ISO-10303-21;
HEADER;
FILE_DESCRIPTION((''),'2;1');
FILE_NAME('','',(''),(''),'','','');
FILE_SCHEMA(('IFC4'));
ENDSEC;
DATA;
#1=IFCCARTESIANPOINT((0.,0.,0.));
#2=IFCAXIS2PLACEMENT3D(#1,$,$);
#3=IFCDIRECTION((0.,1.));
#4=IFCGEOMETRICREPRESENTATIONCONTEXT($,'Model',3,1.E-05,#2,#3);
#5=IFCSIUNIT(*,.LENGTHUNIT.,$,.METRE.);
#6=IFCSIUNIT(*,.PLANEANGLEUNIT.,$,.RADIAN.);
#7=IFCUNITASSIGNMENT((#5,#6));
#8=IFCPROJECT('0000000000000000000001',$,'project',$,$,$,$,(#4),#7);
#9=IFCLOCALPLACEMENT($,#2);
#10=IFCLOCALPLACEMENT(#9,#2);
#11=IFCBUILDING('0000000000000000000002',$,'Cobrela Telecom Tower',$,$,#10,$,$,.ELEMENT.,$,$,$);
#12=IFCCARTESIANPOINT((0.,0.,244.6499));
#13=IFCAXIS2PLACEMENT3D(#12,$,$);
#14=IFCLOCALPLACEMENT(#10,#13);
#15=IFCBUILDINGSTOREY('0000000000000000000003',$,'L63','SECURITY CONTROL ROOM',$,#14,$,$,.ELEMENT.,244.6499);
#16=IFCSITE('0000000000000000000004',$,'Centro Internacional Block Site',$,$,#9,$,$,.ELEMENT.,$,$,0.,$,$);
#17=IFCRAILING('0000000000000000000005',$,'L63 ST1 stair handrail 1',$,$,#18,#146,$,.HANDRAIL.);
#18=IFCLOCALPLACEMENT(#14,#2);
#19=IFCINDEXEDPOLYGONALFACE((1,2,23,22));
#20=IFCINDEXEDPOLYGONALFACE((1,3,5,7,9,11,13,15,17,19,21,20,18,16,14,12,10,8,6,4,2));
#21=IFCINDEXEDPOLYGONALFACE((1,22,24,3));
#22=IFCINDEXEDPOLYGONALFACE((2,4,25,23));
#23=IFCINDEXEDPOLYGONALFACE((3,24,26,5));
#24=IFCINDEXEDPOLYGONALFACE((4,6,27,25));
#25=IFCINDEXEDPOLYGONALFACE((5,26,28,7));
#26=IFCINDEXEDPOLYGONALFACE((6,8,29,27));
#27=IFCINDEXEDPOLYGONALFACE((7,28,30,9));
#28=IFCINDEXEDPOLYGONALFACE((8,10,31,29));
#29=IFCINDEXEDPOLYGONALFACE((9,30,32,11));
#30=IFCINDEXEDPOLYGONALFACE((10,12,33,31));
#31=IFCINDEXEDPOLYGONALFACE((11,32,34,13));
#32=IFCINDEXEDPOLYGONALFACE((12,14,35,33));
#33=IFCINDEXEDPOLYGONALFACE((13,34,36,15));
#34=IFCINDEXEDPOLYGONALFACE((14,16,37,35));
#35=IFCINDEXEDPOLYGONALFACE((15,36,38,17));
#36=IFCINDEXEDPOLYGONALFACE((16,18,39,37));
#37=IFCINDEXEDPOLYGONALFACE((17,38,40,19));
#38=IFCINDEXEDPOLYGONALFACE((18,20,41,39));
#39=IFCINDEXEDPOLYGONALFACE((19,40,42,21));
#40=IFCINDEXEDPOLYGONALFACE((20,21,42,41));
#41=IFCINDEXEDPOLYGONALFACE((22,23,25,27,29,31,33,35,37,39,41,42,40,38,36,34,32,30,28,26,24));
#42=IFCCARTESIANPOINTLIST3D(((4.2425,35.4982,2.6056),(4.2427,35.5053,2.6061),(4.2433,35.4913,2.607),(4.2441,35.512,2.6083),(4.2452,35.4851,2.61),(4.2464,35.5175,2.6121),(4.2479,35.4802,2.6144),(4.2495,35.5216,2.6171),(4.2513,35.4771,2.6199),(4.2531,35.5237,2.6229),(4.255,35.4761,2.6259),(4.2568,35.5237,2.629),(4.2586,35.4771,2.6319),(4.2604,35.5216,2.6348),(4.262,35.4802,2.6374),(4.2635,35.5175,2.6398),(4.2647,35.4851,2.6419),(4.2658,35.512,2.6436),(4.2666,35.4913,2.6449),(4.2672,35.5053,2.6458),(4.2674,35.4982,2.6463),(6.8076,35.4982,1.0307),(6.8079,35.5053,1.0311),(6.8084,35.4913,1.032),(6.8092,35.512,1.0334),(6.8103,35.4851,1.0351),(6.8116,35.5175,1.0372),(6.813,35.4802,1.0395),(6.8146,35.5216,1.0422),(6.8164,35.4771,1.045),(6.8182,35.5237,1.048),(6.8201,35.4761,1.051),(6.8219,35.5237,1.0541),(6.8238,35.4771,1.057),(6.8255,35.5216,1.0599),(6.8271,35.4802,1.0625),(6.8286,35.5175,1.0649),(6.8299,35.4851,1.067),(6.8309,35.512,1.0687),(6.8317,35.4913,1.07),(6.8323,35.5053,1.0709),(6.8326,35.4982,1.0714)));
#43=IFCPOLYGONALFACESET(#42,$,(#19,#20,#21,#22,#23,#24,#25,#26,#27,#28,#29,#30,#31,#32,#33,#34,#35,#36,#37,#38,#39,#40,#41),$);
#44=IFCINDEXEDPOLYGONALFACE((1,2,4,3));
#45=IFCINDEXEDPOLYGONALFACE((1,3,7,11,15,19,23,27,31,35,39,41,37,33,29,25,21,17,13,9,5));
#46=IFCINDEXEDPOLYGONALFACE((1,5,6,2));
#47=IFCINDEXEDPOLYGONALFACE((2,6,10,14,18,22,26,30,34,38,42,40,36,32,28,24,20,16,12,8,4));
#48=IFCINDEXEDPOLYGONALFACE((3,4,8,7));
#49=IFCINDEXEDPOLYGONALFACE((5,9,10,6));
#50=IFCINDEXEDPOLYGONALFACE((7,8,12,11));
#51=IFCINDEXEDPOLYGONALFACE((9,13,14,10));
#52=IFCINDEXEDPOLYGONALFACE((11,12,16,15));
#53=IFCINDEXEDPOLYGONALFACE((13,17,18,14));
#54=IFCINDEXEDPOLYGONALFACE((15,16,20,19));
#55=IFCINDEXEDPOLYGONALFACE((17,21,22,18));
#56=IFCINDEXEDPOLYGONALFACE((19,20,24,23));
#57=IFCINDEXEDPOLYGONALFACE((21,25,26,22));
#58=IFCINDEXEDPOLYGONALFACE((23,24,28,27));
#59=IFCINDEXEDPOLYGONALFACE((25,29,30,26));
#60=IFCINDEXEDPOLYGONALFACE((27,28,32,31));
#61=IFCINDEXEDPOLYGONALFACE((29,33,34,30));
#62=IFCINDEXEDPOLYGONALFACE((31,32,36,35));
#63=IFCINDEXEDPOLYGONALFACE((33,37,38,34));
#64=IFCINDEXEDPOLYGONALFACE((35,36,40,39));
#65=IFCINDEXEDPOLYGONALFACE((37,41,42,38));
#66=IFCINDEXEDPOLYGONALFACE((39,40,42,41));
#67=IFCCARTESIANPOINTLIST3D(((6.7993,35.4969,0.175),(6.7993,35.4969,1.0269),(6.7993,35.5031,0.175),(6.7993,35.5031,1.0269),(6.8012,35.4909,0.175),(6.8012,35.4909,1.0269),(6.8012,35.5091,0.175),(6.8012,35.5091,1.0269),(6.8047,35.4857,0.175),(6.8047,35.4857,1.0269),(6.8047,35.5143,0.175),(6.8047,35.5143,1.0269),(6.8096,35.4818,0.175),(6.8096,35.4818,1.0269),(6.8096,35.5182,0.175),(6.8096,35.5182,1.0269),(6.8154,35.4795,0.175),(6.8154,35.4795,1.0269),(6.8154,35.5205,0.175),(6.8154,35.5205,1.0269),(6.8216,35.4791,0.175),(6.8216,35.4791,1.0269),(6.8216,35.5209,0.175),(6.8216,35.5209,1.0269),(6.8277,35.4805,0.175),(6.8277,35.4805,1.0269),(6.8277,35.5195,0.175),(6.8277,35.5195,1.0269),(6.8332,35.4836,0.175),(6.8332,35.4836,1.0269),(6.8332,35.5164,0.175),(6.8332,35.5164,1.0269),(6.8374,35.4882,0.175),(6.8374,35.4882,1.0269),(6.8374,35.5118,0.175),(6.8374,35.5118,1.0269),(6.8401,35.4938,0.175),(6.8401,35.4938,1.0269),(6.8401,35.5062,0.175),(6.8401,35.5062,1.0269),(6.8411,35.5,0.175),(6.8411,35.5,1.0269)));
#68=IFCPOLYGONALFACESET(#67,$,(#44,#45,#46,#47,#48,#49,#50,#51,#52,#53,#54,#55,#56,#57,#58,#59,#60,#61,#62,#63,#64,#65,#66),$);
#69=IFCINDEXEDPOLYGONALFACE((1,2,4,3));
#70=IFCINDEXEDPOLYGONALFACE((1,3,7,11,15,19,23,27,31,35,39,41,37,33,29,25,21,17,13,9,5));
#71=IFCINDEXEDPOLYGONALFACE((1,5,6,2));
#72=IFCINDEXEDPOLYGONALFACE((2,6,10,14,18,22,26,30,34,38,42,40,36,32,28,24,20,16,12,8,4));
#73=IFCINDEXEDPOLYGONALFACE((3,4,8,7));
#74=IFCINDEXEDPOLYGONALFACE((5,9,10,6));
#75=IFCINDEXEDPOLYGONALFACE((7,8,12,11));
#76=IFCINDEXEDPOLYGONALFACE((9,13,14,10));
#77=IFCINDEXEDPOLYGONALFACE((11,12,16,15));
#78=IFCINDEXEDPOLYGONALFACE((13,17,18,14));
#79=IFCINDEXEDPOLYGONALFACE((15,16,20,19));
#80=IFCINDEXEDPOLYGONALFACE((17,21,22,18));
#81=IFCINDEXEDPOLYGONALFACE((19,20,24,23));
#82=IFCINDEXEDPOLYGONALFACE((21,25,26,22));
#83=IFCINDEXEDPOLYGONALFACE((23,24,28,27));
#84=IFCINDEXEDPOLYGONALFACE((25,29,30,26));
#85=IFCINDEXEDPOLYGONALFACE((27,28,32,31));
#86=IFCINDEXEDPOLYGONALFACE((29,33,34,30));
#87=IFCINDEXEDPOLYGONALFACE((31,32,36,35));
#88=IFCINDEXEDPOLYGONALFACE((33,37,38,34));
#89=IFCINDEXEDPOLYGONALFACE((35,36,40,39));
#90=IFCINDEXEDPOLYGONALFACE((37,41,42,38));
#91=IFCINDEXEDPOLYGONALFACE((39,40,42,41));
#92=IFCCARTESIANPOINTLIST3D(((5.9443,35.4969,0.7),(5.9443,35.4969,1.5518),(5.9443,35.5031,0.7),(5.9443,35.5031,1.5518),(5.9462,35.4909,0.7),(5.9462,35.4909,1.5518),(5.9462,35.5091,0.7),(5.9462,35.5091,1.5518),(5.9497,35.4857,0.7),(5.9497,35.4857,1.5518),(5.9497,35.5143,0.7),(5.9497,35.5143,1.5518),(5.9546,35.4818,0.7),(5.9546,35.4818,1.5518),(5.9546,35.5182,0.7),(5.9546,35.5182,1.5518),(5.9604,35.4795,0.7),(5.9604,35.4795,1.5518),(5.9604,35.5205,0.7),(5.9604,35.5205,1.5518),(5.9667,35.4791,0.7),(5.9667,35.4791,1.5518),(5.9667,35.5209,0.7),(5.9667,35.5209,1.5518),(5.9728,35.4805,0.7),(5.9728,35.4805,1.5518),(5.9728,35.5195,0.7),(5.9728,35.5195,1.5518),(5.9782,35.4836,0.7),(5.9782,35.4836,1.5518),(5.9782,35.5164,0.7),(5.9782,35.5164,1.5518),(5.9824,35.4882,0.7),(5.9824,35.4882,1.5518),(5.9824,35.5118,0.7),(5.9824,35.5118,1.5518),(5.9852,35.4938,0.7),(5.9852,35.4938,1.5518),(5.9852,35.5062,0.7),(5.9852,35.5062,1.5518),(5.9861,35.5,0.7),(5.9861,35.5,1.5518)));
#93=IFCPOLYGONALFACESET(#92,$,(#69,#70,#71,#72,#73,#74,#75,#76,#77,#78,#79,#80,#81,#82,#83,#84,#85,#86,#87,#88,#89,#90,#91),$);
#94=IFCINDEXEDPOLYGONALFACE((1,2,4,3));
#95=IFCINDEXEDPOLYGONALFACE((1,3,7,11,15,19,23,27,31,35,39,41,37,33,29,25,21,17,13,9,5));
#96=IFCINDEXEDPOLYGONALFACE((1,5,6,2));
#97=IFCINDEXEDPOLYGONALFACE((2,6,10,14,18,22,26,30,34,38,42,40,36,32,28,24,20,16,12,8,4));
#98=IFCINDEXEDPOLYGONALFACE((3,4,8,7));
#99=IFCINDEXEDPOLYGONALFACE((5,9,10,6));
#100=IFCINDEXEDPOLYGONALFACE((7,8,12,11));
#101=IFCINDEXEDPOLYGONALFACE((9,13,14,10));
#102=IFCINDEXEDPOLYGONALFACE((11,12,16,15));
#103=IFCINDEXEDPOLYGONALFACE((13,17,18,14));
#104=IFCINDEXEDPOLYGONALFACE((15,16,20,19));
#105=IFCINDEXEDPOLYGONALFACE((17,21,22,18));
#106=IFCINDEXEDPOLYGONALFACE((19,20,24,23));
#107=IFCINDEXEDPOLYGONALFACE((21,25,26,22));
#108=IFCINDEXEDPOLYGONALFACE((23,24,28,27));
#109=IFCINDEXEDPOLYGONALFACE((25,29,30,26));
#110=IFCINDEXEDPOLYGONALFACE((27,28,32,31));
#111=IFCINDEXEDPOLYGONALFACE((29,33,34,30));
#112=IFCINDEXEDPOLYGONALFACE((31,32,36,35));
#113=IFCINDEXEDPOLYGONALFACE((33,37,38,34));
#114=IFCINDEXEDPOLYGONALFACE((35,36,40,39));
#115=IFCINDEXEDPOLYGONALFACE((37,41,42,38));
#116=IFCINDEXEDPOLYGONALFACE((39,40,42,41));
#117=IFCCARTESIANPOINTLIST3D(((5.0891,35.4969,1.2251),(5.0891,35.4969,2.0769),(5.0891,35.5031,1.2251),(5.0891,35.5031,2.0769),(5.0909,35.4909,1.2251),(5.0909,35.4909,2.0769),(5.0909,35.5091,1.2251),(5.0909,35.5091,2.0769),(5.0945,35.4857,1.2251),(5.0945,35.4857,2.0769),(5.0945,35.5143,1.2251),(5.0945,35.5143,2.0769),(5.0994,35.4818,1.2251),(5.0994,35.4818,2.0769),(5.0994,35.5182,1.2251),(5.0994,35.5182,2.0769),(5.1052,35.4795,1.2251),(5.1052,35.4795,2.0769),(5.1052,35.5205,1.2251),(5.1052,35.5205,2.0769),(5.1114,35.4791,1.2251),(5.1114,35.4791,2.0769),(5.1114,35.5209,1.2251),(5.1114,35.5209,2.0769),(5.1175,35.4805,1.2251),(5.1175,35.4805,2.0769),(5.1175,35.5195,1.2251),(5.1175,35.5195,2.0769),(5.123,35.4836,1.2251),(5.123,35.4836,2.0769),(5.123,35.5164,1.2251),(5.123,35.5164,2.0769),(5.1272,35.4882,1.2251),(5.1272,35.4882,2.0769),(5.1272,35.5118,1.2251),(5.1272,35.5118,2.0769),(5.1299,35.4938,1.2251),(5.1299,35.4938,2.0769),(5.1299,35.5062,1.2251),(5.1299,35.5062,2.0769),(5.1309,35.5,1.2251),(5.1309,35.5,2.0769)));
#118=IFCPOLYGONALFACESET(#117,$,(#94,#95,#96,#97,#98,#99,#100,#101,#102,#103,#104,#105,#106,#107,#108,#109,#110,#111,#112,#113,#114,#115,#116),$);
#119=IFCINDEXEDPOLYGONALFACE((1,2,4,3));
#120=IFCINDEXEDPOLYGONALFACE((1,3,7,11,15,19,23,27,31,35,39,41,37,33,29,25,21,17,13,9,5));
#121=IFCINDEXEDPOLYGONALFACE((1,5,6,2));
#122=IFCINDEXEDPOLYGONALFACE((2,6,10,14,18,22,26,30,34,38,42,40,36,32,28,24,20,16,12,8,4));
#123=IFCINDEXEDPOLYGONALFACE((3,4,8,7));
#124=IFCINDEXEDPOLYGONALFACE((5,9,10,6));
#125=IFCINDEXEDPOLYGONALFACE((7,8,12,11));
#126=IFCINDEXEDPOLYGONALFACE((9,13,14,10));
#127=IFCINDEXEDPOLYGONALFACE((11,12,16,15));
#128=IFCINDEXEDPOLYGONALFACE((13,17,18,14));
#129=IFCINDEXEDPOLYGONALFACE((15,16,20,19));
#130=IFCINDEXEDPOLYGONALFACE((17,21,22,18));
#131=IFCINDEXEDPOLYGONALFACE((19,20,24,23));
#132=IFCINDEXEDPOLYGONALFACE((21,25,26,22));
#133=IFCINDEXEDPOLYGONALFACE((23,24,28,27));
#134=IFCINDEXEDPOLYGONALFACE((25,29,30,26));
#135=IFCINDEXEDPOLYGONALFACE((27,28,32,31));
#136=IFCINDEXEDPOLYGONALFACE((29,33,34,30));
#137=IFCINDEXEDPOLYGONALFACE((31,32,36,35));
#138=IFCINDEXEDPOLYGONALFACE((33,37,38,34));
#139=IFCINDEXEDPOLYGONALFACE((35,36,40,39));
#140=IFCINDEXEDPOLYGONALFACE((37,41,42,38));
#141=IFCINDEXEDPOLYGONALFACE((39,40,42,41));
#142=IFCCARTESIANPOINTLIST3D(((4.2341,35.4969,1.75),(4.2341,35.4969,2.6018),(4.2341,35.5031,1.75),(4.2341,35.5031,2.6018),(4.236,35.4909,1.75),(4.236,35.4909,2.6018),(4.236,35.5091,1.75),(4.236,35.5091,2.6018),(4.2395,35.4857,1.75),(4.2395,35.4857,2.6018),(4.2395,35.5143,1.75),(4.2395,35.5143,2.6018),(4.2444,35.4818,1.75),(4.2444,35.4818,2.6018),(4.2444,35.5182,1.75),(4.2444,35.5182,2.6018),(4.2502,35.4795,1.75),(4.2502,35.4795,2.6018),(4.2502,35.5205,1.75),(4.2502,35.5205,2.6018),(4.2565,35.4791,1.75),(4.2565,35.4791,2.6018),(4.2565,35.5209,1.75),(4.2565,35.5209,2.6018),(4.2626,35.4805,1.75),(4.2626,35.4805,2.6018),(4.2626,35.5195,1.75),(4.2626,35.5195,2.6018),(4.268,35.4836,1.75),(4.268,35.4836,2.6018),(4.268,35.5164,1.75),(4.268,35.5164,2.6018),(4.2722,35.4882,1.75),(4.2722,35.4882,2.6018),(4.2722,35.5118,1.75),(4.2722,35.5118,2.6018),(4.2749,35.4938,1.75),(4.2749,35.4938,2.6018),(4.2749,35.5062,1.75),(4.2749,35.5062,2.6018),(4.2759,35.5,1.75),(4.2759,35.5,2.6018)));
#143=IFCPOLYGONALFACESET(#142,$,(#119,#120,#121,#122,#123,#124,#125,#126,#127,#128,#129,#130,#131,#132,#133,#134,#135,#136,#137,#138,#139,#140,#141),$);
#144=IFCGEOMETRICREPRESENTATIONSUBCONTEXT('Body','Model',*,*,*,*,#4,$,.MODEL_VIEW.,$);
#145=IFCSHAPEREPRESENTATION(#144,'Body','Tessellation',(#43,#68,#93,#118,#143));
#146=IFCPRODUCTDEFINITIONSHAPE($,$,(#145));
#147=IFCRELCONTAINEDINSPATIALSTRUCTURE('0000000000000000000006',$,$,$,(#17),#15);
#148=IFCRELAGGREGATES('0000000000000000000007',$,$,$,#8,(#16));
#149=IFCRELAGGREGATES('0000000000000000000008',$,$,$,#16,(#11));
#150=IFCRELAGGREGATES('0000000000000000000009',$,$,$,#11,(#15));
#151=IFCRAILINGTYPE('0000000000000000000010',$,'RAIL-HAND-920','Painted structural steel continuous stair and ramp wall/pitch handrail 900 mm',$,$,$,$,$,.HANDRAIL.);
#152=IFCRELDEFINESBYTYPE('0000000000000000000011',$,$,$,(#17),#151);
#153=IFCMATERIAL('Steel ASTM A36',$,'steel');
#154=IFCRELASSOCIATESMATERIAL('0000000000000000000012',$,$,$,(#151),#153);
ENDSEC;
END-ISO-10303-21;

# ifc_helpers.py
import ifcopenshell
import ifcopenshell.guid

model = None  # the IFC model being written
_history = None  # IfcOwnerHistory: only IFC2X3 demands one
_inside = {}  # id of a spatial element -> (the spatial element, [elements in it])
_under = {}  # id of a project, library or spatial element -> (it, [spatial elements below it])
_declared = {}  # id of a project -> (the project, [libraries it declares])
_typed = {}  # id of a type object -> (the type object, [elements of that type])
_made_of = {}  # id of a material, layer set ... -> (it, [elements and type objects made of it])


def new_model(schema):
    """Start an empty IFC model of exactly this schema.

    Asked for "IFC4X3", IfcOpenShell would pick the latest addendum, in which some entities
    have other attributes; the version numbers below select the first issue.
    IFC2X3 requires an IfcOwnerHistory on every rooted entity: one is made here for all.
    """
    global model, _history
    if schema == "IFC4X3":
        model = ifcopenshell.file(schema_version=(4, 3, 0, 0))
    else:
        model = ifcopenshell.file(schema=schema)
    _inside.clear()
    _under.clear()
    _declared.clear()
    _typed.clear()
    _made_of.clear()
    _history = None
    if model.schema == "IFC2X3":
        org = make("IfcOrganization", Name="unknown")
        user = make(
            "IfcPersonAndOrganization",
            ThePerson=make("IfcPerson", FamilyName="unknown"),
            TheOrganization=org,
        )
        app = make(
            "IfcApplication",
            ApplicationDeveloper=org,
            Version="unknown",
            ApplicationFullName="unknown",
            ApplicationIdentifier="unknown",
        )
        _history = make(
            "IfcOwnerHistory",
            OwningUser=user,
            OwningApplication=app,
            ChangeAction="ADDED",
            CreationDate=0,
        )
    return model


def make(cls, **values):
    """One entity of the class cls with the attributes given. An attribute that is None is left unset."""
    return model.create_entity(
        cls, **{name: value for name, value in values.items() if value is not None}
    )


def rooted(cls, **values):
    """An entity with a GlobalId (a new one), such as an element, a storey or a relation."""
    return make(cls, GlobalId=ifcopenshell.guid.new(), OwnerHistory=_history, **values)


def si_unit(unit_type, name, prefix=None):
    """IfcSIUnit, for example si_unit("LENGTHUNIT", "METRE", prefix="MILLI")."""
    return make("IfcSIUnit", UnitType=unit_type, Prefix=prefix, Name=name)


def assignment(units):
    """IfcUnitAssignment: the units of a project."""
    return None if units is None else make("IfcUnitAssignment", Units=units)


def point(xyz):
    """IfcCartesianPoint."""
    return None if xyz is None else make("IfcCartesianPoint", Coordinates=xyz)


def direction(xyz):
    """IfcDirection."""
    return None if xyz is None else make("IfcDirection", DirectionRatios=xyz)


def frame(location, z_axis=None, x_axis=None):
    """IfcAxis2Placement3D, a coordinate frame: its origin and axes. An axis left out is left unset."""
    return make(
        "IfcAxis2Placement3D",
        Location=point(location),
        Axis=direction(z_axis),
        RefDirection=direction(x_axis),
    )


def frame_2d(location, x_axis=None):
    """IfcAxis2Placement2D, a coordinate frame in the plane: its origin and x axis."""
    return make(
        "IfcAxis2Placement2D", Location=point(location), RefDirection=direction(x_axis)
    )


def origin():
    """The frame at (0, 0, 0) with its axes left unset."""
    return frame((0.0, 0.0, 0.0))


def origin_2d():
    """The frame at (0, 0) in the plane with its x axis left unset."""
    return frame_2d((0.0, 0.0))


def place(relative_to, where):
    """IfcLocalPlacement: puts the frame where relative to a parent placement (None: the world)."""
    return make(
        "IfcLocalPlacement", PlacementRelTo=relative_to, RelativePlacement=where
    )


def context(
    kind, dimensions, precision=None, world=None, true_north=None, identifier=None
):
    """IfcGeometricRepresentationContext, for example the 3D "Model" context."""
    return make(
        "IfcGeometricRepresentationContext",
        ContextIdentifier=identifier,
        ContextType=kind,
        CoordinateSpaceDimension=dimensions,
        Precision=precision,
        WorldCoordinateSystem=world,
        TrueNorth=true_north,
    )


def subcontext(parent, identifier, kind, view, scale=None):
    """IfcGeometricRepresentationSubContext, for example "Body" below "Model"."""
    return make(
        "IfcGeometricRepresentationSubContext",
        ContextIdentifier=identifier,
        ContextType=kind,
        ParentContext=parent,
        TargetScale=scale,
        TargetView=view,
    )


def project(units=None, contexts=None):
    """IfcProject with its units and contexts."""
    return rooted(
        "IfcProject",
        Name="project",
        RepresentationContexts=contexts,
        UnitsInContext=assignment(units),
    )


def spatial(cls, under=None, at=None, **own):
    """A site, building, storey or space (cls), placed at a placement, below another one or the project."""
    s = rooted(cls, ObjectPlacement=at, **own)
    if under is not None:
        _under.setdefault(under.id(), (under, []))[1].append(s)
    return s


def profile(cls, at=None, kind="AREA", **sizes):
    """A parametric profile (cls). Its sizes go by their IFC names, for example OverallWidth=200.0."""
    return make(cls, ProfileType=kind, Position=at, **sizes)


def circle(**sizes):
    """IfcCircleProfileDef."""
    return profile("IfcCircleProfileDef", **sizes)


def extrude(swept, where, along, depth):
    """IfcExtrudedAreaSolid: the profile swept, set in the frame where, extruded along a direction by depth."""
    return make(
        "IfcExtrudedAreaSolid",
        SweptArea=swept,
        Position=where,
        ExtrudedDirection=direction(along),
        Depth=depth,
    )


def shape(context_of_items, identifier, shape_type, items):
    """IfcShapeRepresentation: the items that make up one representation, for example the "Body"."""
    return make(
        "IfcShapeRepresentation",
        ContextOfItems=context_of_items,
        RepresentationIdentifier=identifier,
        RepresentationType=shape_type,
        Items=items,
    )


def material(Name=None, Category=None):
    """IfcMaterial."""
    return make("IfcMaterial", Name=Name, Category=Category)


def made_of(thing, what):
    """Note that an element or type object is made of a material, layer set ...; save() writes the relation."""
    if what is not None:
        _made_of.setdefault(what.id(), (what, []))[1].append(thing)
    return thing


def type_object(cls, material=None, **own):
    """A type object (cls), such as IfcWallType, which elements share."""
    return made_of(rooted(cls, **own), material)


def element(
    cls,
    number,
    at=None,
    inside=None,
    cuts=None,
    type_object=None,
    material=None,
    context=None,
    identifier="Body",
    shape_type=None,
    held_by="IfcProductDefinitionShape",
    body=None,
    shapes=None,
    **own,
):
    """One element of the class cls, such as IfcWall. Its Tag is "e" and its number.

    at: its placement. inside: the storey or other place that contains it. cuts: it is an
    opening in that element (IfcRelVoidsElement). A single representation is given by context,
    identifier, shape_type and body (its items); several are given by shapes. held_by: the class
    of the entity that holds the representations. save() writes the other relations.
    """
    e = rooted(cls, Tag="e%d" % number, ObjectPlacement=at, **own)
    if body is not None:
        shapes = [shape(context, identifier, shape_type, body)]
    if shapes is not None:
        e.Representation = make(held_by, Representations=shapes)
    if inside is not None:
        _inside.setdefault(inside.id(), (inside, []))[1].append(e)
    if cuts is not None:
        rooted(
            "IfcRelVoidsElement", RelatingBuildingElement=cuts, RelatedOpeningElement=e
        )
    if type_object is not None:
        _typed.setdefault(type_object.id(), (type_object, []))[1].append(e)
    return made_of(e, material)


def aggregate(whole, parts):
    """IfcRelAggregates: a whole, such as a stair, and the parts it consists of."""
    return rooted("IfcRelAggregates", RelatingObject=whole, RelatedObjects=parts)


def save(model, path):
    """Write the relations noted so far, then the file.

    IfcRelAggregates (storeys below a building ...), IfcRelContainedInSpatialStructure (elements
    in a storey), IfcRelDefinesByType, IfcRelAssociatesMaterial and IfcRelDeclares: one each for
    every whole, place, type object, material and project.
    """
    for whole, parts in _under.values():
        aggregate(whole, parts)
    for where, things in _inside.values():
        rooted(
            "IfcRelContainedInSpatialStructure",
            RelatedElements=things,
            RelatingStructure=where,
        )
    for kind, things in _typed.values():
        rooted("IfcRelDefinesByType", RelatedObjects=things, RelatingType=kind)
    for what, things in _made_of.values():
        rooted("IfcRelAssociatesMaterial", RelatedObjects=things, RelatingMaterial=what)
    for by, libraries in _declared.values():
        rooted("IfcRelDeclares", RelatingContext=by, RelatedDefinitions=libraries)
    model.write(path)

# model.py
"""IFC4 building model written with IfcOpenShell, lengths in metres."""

from ifc_helpers import new_model, si_unit, direction, frame, origin, origin_2d, place, context, subcontext, project, spatial, circle, extrude, material, type_object, element, save


model = new_model("IFC4")

# Units and contexts
model_context = context("Model", 3, precision=1e-05, world=origin(), true_north=direction((0.0, 1.0)))
body_context = subcontext(model_context, "Body", "Model", "MODEL_VIEW")
ifc_project = project(units=[si_unit("LENGTHUNIT", "METRE"), si_unit("PLANEANGLEUNIT", "RADIAN")], contexts=[model_context])

# Site, building, storey
site_placement = place(None, origin())
site = spatial("IfcSite", under=ifc_project, at=site_placement, Name="Centro Internacional Block Site", CompositionType="ELEMENT", RefElevation=0.0)
building_placement = place(site_placement, origin())
building = spatial("IfcBuilding", under=site, at=building_placement, Name="Cobrela Telecom Tower", CompositionType="ELEMENT")
storey_placement = place(building_placement, frame((0.0, 0.0, 244.6499)))
storey = spatial("IfcBuildingStorey", under=building, at=storey_placement, Name="L63", Description="SECURITY CONTROL ROOM", CompositionType="ELEMENT", Elevation=244.6499)

# Shared definitions
ifc_material_1 = material(Name="Steel ASTM A36", Category="steel")

# Railing
railing_type_1 = type_object("IfcRailingType", Name="RAIL-HAND-920", Description="Painted structural steel continuous stair and ramp wall/pitch handrail 900 mm", PredefinedType="HANDRAIL", material=ifc_material_1)
railing_1_placement = place(storey_placement, frame((6.8201, 35.5, 0.175)))
element("IfcRailing", 1, at=railing_1_placement, inside=storey, type_object=railing_type_1, Name="L63 ST1 stair handrail 1", PredefinedType="HANDRAIL", context=body_context, shape_type="SweptSolid", body=[
    extrude(circle(Radius=0.0239, at=origin_2d()), frame((0.0, 0.0, 0.876), z_axis=(-0.852195, 0.0, 0.523224), x_axis=(0.0, -1.0, 0.0)), (0.0, 0.0, 1.0), 3.01),
    extrude(circle(Radius=0.021, at=origin_2d()), origin(), (0.0, 0.0, 1.0), 0.8518),
    extrude(circle(Radius=0.021, at=origin_2d()), frame((-0.855, 0.0, 0.5249)), (0.0, 0.0, 1.0), 0.8518),
    extrude(circle(Radius=0.021, at=origin_2d()), frame((-1.7102, 0.0, 1.05)), (0.0, 0.0, 1.0), 0.8518),
    extrude(circle(Radius=0.021, at=origin_2d()), frame((-2.5652, 0.0, 1.575)), (0.0, 0.0, 1.0), 0.8518),
])

save(model, "model.ifc")
